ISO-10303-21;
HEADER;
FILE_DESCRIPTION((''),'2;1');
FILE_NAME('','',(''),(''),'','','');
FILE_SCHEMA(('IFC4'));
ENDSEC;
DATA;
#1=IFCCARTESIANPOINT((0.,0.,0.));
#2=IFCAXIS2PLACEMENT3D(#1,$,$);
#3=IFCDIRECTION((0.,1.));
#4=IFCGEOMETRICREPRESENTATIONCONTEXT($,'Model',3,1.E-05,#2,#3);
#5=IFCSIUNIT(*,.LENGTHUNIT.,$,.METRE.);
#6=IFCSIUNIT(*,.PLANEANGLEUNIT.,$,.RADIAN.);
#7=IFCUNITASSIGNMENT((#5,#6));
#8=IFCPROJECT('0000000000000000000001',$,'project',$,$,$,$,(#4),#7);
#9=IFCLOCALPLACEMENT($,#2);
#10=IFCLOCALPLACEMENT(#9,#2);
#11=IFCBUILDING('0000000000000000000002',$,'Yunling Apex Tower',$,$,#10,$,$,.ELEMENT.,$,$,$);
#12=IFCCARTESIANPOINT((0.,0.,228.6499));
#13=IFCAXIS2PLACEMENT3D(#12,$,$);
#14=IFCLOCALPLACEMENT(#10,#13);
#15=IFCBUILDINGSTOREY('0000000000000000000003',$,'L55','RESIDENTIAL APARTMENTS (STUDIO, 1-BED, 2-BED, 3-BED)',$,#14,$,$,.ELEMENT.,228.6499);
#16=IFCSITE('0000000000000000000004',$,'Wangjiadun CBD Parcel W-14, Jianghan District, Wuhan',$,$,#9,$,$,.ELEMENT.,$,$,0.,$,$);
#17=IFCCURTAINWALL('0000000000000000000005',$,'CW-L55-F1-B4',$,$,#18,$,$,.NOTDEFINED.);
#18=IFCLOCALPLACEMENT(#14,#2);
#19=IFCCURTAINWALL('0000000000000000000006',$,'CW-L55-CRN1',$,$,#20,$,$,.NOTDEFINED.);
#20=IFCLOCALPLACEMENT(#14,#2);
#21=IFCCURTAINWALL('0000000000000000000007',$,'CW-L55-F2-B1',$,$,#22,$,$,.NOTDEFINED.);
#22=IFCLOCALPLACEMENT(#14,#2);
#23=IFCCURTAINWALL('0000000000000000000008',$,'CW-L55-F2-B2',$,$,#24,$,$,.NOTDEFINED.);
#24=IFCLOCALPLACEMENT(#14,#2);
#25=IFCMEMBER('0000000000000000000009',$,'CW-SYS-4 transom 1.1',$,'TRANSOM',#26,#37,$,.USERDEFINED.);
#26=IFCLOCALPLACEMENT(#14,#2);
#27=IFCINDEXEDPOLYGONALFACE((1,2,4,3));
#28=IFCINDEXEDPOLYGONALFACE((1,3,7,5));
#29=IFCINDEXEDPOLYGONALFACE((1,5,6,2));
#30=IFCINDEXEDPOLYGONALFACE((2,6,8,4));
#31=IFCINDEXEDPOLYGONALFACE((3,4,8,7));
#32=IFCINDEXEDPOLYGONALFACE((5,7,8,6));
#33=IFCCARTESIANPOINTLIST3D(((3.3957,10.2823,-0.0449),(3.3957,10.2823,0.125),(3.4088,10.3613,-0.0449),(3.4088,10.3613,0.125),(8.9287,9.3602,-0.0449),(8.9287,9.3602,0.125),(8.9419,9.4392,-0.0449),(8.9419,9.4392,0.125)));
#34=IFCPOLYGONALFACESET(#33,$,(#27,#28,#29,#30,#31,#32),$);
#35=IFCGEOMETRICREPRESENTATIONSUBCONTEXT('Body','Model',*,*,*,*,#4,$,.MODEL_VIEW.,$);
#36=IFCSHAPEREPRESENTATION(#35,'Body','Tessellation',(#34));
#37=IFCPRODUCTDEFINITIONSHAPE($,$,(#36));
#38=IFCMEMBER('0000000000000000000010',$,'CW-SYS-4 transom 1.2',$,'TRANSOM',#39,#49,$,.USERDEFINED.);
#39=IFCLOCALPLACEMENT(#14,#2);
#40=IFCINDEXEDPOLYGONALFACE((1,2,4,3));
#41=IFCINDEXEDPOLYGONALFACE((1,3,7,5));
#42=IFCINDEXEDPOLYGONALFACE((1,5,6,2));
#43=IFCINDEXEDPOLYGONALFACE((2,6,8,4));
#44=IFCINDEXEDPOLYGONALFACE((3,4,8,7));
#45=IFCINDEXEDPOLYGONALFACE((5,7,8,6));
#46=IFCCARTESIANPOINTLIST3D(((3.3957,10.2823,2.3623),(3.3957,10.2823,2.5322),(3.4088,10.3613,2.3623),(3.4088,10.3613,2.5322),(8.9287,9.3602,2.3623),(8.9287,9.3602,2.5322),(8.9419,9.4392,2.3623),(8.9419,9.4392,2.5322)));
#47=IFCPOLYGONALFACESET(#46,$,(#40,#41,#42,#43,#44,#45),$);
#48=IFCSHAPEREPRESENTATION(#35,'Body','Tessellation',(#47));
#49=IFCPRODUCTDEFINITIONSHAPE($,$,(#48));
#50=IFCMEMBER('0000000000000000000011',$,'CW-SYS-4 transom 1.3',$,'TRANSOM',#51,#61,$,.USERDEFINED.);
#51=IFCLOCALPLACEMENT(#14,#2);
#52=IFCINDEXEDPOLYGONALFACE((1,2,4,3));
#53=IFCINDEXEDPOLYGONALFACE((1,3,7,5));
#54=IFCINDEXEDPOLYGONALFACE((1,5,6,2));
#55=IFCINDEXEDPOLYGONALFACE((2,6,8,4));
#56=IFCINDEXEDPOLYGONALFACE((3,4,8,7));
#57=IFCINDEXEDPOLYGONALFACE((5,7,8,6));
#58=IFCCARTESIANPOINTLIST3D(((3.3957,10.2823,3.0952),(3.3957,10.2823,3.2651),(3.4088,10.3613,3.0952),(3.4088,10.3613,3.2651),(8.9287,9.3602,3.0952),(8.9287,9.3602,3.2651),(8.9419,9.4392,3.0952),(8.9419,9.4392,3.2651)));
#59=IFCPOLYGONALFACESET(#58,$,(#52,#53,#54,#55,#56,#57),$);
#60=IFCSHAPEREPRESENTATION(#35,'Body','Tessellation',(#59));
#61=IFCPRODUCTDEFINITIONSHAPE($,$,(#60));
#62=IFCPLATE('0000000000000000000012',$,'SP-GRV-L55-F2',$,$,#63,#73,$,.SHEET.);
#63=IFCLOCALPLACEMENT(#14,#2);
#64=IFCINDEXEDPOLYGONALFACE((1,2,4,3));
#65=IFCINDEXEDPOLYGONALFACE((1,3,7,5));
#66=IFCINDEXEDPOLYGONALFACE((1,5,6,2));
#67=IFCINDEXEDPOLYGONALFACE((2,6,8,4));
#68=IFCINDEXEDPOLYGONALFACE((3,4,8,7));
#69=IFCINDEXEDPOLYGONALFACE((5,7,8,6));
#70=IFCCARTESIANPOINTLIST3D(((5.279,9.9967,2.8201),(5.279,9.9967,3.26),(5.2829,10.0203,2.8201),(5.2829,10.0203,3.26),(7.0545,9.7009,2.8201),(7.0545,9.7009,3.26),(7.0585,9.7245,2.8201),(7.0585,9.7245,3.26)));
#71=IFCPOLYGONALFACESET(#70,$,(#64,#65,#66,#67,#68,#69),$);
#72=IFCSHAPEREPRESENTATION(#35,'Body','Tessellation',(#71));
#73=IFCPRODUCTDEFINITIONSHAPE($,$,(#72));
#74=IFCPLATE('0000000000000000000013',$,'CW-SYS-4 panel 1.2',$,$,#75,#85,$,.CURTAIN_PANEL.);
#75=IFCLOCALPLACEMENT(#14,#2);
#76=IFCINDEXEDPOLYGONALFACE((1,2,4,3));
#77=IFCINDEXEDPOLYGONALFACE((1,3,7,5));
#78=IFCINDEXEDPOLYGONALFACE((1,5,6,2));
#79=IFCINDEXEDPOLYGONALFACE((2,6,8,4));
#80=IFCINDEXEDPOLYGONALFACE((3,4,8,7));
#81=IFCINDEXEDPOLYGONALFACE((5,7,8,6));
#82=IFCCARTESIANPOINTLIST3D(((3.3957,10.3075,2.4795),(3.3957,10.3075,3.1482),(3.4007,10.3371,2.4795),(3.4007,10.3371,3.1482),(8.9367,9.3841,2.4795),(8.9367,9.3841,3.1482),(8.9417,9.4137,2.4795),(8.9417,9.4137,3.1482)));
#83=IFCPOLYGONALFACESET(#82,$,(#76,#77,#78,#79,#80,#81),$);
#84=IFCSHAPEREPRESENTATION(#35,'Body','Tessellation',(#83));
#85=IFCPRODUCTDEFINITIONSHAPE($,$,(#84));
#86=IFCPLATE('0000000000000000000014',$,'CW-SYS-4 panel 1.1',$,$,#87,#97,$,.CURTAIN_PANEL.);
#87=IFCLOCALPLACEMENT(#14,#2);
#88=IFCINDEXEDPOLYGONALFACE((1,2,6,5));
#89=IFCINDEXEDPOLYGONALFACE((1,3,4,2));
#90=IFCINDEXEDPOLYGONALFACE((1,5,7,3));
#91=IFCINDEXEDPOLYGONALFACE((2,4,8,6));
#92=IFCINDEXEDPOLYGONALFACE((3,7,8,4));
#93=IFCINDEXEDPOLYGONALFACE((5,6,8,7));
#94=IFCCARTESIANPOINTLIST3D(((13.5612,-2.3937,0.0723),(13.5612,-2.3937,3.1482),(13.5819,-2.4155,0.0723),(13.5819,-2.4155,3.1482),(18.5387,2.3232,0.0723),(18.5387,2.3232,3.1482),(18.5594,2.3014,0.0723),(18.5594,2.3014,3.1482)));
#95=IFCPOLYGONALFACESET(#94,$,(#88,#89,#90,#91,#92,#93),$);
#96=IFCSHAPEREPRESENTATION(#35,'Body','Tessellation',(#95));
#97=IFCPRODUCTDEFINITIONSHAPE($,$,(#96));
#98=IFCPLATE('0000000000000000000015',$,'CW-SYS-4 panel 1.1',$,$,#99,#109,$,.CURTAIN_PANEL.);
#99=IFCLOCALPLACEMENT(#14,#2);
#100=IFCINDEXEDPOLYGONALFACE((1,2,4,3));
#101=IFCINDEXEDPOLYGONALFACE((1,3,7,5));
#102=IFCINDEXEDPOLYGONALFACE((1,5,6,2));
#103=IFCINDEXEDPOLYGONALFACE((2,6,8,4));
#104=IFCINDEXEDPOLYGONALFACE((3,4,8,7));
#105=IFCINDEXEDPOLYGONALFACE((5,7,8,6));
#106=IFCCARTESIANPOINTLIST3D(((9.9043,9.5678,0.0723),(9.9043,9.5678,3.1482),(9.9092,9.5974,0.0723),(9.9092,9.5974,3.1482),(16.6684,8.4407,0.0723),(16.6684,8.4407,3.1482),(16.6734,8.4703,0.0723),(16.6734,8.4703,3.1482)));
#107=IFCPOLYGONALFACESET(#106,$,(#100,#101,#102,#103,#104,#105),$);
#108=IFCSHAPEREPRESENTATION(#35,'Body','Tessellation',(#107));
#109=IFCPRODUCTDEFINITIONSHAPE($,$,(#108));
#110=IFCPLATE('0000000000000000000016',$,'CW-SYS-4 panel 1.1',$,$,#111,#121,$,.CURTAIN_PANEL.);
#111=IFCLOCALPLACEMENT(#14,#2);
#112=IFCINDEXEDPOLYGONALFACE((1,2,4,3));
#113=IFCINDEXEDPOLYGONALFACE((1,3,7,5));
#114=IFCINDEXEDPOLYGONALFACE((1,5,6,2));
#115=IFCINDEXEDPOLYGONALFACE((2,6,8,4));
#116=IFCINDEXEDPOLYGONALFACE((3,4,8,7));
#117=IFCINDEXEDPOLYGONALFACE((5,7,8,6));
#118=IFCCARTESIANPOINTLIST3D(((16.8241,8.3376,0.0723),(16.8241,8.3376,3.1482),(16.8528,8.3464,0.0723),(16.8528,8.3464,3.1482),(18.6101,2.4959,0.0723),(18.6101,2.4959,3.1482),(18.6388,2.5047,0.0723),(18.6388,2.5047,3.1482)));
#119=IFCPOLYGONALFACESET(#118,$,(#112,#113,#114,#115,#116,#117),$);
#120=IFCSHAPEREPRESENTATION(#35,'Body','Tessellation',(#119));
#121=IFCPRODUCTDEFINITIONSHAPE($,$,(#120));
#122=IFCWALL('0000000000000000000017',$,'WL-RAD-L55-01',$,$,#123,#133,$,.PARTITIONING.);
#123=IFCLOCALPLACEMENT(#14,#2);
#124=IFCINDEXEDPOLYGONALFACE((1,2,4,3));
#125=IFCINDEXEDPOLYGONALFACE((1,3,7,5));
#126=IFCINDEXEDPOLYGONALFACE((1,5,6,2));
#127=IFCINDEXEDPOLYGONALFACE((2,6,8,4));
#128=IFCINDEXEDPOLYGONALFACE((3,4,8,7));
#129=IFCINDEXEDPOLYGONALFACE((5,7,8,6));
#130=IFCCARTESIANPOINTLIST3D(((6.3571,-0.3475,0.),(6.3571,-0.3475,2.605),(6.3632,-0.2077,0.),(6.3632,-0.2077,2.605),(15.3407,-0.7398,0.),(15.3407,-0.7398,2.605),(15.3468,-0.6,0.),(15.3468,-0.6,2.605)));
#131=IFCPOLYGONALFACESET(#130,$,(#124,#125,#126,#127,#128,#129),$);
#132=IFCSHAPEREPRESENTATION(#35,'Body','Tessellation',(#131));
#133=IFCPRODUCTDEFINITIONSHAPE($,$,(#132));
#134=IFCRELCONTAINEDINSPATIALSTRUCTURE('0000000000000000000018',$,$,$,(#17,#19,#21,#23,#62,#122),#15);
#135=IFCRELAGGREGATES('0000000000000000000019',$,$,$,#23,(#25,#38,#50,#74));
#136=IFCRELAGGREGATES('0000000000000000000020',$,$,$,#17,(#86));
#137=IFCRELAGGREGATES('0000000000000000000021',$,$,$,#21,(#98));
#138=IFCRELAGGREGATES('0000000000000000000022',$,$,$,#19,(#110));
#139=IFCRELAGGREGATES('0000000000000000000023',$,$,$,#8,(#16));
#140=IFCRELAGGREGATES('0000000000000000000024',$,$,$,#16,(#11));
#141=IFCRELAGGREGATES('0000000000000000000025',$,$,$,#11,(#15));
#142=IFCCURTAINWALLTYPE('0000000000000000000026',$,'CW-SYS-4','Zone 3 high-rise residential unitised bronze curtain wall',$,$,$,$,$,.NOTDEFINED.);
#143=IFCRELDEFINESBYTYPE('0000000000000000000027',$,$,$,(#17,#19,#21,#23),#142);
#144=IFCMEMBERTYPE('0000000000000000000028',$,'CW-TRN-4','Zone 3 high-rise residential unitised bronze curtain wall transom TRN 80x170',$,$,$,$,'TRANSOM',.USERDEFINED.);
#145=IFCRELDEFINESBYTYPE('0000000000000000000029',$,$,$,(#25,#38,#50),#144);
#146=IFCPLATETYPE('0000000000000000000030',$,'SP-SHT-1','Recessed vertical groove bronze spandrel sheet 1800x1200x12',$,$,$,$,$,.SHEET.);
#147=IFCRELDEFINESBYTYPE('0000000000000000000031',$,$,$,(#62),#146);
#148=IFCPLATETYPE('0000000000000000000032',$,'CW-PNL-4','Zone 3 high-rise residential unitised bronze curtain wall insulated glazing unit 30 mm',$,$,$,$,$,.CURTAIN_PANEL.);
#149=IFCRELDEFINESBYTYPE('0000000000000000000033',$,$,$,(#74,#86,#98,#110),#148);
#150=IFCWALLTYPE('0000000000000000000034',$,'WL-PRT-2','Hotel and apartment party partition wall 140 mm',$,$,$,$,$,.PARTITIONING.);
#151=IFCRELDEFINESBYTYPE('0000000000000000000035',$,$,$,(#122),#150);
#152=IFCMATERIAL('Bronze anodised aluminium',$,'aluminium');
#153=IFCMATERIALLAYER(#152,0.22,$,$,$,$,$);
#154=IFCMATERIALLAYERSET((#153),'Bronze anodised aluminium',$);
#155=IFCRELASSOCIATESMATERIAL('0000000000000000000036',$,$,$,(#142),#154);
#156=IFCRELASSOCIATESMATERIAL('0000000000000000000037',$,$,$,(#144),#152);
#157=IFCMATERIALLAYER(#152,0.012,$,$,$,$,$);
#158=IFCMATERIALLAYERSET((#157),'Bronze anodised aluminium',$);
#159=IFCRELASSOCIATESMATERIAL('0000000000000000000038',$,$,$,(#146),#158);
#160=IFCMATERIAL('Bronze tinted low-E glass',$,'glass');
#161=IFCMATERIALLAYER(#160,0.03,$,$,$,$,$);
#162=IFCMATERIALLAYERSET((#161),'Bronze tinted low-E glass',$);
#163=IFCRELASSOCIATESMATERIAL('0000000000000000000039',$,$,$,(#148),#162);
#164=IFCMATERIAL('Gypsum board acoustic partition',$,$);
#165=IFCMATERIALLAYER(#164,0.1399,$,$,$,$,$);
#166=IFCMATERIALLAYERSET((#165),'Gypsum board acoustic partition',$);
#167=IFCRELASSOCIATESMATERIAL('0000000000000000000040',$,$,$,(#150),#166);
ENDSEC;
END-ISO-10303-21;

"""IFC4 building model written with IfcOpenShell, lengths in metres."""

from ifc_helpers import new_model, si_unit, direction, frame, frame_2d, origin, origin_2d, place, context, subcontext, project, spatial, rectangle, extrude, source, transform, mapped, material, layer, layer_set, material_profile, profile_set, type_object, element, aggregate, save


model = new_model("IFC4")

# Units and contexts
model_context = context("Model", 3, precision=1e-05, world=origin(), true_north=direction((0.0, 1.0)))
body_context = subcontext(model_context, "Body", "Model", "MODEL_VIEW")
ifc_project = project(units=[si_unit("LENGTHUNIT", "METRE"), si_unit("PLANEANGLEUNIT", "RADIAN")], contexts=[model_context])

# Site, building, storey
site_placement = place(None, origin())
site = spatial("IfcSite", under=ifc_project, at=site_placement, Name="Wangjiadun CBD Parcel W-14, Jianghan District, Wuhan", CompositionType="ELEMENT", RefElevation=0.0)
building_placement = place(site_placement, origin())
building = spatial("IfcBuilding", under=site, at=building_placement, Name="Yunling Apex Tower", CompositionType="ELEMENT")
storey_placement = place(building_placement, frame((0.0, 0.0, 228.6499)))
storey = spatial("IfcBuildingStorey", under=building, at=storey_placement, Name="L55", Description="RESIDENTIAL APARTMENTS (STUDIO, 1-BED, 2-BED, 3-BED)", CompositionType="ELEMENT", Elevation=228.6499)

# Curtain wall
ifc_material_1 = material(Name="Bronze anodised aluminium", Category="aluminium")
ifc_layer_1 = layer(ifc_material_1, 0.22)
ifc_layer_set_1 = layer_set([ifc_layer_1], Name="Bronze anodised aluminium")
curtain_wall_type = type_object("IfcCurtainWallType", Name="CW-SYS-4", Description="Zone 3 high-rise residential unitised bronze curtain wall", PredefinedType="NOTDEFINED", material=ifc_layer_set_1)
curtain_wall_1_placement = place(storey_placement, origin())
curtain_wall_1 = element("IfcCurtainWall", 1, at=curtain_wall_1_placement, inside=storey, type_object=curtain_wall_type, Name="CW-L55-F1-B4", PredefinedType="NOTDEFINED")

# Curtain walls
curtain_wall_2_placement = place(storey_placement, origin())
curtain_wall_2 = element("IfcCurtainWall", 2, at=curtain_wall_2_placement, inside=storey, type_object=curtain_wall_type, Name="CW-L55-CRN1", PredefinedType="NOTDEFINED")
curtain_wall_3_placement = place(storey_placement, origin())
curtain_wall_3 = element("IfcCurtainWall", 3, at=curtain_wall_3_placement, inside=storey, type_object=curtain_wall_type, Name="CW-L55-F2-B1", PredefinedType="NOTDEFINED")

# Curtain wall
curtain_wall_4_placement = place(storey_placement, origin())
curtain_wall_4 = element("IfcCurtainWall", 4, at=curtain_wall_4_placement, inside=storey, type_object=curtain_wall_type, Name="CW-L55-F2-B2", PredefinedType="NOTDEFINED")

# Members
ifc_material_profile_1 = material_profile(ifc_material_1, rectangle(XDim=0.0801, YDim=0.1699, at=origin_2d()))
ifc_profile_set_1 = profile_set([ifc_material_profile_1], Name="Bronze anodised aluminium")
member_type_1 = type_object("IfcMemberType", Name="CW-TRN-4", Description="Zone 3 high-rise residential unitised bronze curtain wall transom TRN 80x170", ElementType="TRANSOM", PredefinedType="USERDEFINED", material=ifc_profile_set_1)
shared_shape_1 = source(origin(), body_context, "Body", "SweptSolid", [
    extrude(rectangle(XDim=0.0801, YDim=0.1699, at=origin_2d()), origin(), (0.0, 0.0, 1.0), 5.6094),
])
member_1_placement = place(storey_placement, frame((8.9353, 9.3997, 0.04), z_axis=(-0.986395, 0.164392, 0.0), x_axis=(-0.164392, -0.986395, 0.0)))
member_1 = element("IfcMember", 5, at=member_1_placement, type_object=member_type_1, Name="CW-SYS-4 transom 1.1", ObjectType="TRANSOM", PredefinedType="USERDEFINED", context=body_context, shape_type="MappedRepresentation", body=[
    mapped(shared_shape_1, transform((0.0, 0.0, 0.0), scale=1.0)),
])
member_2_placement = place(storey_placement, frame((8.9353, 9.3997, 2.4473), z_axis=(-0.986395, 0.164392, 0.0), x_axis=(-0.164392, -0.986395, 0.0)))
member_2 = element("IfcMember", 6, at=member_2_placement, type_object=member_type_1, Name="CW-SYS-4 transom 1.2", ObjectType="TRANSOM", PredefinedType="USERDEFINED", context=body_context, shape_type="MappedRepresentation", body=[
    mapped(shared_shape_1, transform((0.0, 0.0, 0.0), scale=1.0)),
])
member_3_placement = place(storey_placement, frame((8.9353, 9.3997, 3.1802), z_axis=(-0.986395, 0.164392, 0.0), x_axis=(-0.164392, -0.986395, 0.0)))
member_3 = element("IfcMember", 7, at=member_3_placement, type_object=member_type_1, Name="CW-SYS-4 transom 1.3", ObjectType="TRANSOM", PredefinedType="USERDEFINED", context=body_context, shape_type="MappedRepresentation", body=[
    mapped(shared_shape_1, transform((0.0, 0.0, 0.0), scale=1.0)),
])

# Plates
ifc_layer_2 = layer(ifc_material_1, 0.012)
ifc_layer_set_2 = layer_set([ifc_layer_2], Name="Bronze anodised aluminium")
plate_type_1 = type_object("IfcPlateType", Name="SP-SHT-1", Description="Recessed vertical groove bronze spandrel sheet 1800x1200x12", PredefinedType="SHEET", material=ifc_layer_set_2)
shared_shape_2 = source(origin(), body_context, "Body", "SweptSolid", [
    extrude(rectangle(XDim=1.8, YDim=0.0239, at=origin_2d()), origin(), (0.0, 0.0, 1.0), 0.4399),
])
plate_1_placement = place(storey_placement, frame((6.1687, 9.8606, 2.8201), z_axis=(0.0, 0.0, 1.0), x_axis=(-0.986401, 0.164359, 0.0)))
element("IfcPlate", 8, at=plate_1_placement, inside=storey, type_object=plate_type_1, Name="SP-GRV-L55-F2", PredefinedType="SHEET", context=body_context, shape_type="MappedRepresentation", body=[
    mapped(shared_shape_2, transform((0.0, 0.0, 0.0), scale=1.0)),
])
ifc_material_2 = material(Name="Bronze tinted low-E glass", Category="glass")
ifc_layer_3 = layer(ifc_material_2, 0.03)
ifc_layer_set_3 = layer_set([ifc_layer_3], Name="Bronze tinted low-E glass")
plate_type_2 = type_object("IfcPlateType", Name="CW-PNL-4", Description="Zone 3 high-rise residential unitised bronze curtain wall insulated glazing unit 30 mm", PredefinedType="CURTAIN_PANEL", material=ifc_layer_set_3)
shared_shape_3 = source(origin(), body_context, "Body", "SweptSolid", [
    extrude(rectangle(XDim=5.6174, YDim=0.03, at=origin_2d()), origin(), (0.0, 0.0, 1.0), 0.6687),
])
plate_2_placement = place(storey_placement, frame((6.1687, 9.8606, 2.4795), z_axis=(0.0, 0.0, 1.0), x_axis=(-0.986399, 0.164371, 0.0)))
plate_2 = element("IfcPlate", 9, at=plate_2_placement, type_object=plate_type_2, Name="CW-SYS-4 panel 1.2", PredefinedType="CURTAIN_PANEL", context=body_context, shape_type="MappedRepresentation", body=[
    mapped(shared_shape_3, transform((0.0, 0.0, 0.0), scale=1.0)),
])
aggregate(curtain_wall_4, [member_1, member_2, member_3, plate_2])
shared_shape_4 = source(origin(), body_context, "Body", "SweptSolid", [
    extrude(rectangle(XDim=6.8574, YDim=0.03, at=origin_2d()), origin(), (0.0, 0.0, 1.0), 3.0759),
])
plate_3_placement = place(storey_placement, frame((16.0603, -0.0461, 0.0723), z_axis=(0.0, 0.0, 1.0), x_axis=(0.725855, 0.687848, 0.0)))
plate_3 = element("IfcPlate", 10, at=plate_3_placement, type_object=plate_type_2, Name="CW-SYS-4 panel 1.1", PredefinedType="CURTAIN_PANEL", context=body_context, shape_type="MappedRepresentation", body=[
    mapped(shared_shape_4, transform((0.0, 0.0, 0.0), scale=1.0)),
])
aggregate(curtain_wall_1, [plate_3])
plate_4_placement = place(storey_placement, frame((13.2888, 9.019, 0.0723), z_axis=(0.0, 0.0, 1.0), x_axis=(-0.986402, 0.164353, 0.0)))
plate_4 = element("IfcPlate", 11, at=plate_4_placement, type_object=plate_type_2, Name="CW-SYS-4 panel 1.1", PredefinedType="CURTAIN_PANEL", context=body_context, shape_type="MappedRepresentation", body=[
    mapped(shared_shape_4, transform((0.0, 0.0, 0.0), scale=1.0)),
])
aggregate(curtain_wall_3, [plate_4])
shared_shape_5 = source(origin(), body_context, "Body", "SweptSolid", [
    extrude(rectangle(XDim=6.1086, YDim=0.03, at=origin_2d()), origin(), (0.0, 0.0, 1.0), 3.0759),
])
plate_5_placement = place(storey_placement, frame((17.7314, 5.4211, 0.0723), z_axis=(0.0, 0.0, 1.0), x_axis=(-0.292369, 0.956305, 0.0)))
plate_5 = element("IfcPlate", 12, at=plate_5_placement, type_object=plate_type_2, Name="CW-SYS-4 panel 1.1", PredefinedType="CURTAIN_PANEL", context=body_context, shape_type="MappedRepresentation", body=[
    mapped(shared_shape_5, transform((0.0, 0.0, 0.0), scale=1.0)),
])
aggregate(curtain_wall_2, [plate_5])

# Wall
ifc_material_3 = material(Name="Gypsum board acoustic partition")
ifc_layer_4 = layer(ifc_material_3, 0.1399)
ifc_layer_set_4 = layer_set([ifc_layer_4], Name="Gypsum board acoustic partition")
wall_type = type_object("IfcWallType", Name="WL-PRT-2", Description="Hotel and apartment party partition wall 140 mm", PredefinedType="PARTITIONING", material=ifc_layer_set_4)
wall_placement = place(storey_placement, frame((6.3601, -0.2776, 0.0), z_axis=(0.0, 0.0, 1.0), x_axis=(0.999048, -0.04363, 0.0)))
element("IfcWall", 13, at=wall_placement, inside=storey, type_object=wall_type, Name="WL-RAD-L55-01", PredefinedType="PARTITIONING", context=body_context, shape_type="SweptSolid", body=[
    extrude(rectangle(XDim=8.9922, YDim=0.1399, at=frame_2d((4.4961, 0.0))), origin(), (0.0, 0.0, 1.0), 2.605),
])

save(model, "model.ifc")
